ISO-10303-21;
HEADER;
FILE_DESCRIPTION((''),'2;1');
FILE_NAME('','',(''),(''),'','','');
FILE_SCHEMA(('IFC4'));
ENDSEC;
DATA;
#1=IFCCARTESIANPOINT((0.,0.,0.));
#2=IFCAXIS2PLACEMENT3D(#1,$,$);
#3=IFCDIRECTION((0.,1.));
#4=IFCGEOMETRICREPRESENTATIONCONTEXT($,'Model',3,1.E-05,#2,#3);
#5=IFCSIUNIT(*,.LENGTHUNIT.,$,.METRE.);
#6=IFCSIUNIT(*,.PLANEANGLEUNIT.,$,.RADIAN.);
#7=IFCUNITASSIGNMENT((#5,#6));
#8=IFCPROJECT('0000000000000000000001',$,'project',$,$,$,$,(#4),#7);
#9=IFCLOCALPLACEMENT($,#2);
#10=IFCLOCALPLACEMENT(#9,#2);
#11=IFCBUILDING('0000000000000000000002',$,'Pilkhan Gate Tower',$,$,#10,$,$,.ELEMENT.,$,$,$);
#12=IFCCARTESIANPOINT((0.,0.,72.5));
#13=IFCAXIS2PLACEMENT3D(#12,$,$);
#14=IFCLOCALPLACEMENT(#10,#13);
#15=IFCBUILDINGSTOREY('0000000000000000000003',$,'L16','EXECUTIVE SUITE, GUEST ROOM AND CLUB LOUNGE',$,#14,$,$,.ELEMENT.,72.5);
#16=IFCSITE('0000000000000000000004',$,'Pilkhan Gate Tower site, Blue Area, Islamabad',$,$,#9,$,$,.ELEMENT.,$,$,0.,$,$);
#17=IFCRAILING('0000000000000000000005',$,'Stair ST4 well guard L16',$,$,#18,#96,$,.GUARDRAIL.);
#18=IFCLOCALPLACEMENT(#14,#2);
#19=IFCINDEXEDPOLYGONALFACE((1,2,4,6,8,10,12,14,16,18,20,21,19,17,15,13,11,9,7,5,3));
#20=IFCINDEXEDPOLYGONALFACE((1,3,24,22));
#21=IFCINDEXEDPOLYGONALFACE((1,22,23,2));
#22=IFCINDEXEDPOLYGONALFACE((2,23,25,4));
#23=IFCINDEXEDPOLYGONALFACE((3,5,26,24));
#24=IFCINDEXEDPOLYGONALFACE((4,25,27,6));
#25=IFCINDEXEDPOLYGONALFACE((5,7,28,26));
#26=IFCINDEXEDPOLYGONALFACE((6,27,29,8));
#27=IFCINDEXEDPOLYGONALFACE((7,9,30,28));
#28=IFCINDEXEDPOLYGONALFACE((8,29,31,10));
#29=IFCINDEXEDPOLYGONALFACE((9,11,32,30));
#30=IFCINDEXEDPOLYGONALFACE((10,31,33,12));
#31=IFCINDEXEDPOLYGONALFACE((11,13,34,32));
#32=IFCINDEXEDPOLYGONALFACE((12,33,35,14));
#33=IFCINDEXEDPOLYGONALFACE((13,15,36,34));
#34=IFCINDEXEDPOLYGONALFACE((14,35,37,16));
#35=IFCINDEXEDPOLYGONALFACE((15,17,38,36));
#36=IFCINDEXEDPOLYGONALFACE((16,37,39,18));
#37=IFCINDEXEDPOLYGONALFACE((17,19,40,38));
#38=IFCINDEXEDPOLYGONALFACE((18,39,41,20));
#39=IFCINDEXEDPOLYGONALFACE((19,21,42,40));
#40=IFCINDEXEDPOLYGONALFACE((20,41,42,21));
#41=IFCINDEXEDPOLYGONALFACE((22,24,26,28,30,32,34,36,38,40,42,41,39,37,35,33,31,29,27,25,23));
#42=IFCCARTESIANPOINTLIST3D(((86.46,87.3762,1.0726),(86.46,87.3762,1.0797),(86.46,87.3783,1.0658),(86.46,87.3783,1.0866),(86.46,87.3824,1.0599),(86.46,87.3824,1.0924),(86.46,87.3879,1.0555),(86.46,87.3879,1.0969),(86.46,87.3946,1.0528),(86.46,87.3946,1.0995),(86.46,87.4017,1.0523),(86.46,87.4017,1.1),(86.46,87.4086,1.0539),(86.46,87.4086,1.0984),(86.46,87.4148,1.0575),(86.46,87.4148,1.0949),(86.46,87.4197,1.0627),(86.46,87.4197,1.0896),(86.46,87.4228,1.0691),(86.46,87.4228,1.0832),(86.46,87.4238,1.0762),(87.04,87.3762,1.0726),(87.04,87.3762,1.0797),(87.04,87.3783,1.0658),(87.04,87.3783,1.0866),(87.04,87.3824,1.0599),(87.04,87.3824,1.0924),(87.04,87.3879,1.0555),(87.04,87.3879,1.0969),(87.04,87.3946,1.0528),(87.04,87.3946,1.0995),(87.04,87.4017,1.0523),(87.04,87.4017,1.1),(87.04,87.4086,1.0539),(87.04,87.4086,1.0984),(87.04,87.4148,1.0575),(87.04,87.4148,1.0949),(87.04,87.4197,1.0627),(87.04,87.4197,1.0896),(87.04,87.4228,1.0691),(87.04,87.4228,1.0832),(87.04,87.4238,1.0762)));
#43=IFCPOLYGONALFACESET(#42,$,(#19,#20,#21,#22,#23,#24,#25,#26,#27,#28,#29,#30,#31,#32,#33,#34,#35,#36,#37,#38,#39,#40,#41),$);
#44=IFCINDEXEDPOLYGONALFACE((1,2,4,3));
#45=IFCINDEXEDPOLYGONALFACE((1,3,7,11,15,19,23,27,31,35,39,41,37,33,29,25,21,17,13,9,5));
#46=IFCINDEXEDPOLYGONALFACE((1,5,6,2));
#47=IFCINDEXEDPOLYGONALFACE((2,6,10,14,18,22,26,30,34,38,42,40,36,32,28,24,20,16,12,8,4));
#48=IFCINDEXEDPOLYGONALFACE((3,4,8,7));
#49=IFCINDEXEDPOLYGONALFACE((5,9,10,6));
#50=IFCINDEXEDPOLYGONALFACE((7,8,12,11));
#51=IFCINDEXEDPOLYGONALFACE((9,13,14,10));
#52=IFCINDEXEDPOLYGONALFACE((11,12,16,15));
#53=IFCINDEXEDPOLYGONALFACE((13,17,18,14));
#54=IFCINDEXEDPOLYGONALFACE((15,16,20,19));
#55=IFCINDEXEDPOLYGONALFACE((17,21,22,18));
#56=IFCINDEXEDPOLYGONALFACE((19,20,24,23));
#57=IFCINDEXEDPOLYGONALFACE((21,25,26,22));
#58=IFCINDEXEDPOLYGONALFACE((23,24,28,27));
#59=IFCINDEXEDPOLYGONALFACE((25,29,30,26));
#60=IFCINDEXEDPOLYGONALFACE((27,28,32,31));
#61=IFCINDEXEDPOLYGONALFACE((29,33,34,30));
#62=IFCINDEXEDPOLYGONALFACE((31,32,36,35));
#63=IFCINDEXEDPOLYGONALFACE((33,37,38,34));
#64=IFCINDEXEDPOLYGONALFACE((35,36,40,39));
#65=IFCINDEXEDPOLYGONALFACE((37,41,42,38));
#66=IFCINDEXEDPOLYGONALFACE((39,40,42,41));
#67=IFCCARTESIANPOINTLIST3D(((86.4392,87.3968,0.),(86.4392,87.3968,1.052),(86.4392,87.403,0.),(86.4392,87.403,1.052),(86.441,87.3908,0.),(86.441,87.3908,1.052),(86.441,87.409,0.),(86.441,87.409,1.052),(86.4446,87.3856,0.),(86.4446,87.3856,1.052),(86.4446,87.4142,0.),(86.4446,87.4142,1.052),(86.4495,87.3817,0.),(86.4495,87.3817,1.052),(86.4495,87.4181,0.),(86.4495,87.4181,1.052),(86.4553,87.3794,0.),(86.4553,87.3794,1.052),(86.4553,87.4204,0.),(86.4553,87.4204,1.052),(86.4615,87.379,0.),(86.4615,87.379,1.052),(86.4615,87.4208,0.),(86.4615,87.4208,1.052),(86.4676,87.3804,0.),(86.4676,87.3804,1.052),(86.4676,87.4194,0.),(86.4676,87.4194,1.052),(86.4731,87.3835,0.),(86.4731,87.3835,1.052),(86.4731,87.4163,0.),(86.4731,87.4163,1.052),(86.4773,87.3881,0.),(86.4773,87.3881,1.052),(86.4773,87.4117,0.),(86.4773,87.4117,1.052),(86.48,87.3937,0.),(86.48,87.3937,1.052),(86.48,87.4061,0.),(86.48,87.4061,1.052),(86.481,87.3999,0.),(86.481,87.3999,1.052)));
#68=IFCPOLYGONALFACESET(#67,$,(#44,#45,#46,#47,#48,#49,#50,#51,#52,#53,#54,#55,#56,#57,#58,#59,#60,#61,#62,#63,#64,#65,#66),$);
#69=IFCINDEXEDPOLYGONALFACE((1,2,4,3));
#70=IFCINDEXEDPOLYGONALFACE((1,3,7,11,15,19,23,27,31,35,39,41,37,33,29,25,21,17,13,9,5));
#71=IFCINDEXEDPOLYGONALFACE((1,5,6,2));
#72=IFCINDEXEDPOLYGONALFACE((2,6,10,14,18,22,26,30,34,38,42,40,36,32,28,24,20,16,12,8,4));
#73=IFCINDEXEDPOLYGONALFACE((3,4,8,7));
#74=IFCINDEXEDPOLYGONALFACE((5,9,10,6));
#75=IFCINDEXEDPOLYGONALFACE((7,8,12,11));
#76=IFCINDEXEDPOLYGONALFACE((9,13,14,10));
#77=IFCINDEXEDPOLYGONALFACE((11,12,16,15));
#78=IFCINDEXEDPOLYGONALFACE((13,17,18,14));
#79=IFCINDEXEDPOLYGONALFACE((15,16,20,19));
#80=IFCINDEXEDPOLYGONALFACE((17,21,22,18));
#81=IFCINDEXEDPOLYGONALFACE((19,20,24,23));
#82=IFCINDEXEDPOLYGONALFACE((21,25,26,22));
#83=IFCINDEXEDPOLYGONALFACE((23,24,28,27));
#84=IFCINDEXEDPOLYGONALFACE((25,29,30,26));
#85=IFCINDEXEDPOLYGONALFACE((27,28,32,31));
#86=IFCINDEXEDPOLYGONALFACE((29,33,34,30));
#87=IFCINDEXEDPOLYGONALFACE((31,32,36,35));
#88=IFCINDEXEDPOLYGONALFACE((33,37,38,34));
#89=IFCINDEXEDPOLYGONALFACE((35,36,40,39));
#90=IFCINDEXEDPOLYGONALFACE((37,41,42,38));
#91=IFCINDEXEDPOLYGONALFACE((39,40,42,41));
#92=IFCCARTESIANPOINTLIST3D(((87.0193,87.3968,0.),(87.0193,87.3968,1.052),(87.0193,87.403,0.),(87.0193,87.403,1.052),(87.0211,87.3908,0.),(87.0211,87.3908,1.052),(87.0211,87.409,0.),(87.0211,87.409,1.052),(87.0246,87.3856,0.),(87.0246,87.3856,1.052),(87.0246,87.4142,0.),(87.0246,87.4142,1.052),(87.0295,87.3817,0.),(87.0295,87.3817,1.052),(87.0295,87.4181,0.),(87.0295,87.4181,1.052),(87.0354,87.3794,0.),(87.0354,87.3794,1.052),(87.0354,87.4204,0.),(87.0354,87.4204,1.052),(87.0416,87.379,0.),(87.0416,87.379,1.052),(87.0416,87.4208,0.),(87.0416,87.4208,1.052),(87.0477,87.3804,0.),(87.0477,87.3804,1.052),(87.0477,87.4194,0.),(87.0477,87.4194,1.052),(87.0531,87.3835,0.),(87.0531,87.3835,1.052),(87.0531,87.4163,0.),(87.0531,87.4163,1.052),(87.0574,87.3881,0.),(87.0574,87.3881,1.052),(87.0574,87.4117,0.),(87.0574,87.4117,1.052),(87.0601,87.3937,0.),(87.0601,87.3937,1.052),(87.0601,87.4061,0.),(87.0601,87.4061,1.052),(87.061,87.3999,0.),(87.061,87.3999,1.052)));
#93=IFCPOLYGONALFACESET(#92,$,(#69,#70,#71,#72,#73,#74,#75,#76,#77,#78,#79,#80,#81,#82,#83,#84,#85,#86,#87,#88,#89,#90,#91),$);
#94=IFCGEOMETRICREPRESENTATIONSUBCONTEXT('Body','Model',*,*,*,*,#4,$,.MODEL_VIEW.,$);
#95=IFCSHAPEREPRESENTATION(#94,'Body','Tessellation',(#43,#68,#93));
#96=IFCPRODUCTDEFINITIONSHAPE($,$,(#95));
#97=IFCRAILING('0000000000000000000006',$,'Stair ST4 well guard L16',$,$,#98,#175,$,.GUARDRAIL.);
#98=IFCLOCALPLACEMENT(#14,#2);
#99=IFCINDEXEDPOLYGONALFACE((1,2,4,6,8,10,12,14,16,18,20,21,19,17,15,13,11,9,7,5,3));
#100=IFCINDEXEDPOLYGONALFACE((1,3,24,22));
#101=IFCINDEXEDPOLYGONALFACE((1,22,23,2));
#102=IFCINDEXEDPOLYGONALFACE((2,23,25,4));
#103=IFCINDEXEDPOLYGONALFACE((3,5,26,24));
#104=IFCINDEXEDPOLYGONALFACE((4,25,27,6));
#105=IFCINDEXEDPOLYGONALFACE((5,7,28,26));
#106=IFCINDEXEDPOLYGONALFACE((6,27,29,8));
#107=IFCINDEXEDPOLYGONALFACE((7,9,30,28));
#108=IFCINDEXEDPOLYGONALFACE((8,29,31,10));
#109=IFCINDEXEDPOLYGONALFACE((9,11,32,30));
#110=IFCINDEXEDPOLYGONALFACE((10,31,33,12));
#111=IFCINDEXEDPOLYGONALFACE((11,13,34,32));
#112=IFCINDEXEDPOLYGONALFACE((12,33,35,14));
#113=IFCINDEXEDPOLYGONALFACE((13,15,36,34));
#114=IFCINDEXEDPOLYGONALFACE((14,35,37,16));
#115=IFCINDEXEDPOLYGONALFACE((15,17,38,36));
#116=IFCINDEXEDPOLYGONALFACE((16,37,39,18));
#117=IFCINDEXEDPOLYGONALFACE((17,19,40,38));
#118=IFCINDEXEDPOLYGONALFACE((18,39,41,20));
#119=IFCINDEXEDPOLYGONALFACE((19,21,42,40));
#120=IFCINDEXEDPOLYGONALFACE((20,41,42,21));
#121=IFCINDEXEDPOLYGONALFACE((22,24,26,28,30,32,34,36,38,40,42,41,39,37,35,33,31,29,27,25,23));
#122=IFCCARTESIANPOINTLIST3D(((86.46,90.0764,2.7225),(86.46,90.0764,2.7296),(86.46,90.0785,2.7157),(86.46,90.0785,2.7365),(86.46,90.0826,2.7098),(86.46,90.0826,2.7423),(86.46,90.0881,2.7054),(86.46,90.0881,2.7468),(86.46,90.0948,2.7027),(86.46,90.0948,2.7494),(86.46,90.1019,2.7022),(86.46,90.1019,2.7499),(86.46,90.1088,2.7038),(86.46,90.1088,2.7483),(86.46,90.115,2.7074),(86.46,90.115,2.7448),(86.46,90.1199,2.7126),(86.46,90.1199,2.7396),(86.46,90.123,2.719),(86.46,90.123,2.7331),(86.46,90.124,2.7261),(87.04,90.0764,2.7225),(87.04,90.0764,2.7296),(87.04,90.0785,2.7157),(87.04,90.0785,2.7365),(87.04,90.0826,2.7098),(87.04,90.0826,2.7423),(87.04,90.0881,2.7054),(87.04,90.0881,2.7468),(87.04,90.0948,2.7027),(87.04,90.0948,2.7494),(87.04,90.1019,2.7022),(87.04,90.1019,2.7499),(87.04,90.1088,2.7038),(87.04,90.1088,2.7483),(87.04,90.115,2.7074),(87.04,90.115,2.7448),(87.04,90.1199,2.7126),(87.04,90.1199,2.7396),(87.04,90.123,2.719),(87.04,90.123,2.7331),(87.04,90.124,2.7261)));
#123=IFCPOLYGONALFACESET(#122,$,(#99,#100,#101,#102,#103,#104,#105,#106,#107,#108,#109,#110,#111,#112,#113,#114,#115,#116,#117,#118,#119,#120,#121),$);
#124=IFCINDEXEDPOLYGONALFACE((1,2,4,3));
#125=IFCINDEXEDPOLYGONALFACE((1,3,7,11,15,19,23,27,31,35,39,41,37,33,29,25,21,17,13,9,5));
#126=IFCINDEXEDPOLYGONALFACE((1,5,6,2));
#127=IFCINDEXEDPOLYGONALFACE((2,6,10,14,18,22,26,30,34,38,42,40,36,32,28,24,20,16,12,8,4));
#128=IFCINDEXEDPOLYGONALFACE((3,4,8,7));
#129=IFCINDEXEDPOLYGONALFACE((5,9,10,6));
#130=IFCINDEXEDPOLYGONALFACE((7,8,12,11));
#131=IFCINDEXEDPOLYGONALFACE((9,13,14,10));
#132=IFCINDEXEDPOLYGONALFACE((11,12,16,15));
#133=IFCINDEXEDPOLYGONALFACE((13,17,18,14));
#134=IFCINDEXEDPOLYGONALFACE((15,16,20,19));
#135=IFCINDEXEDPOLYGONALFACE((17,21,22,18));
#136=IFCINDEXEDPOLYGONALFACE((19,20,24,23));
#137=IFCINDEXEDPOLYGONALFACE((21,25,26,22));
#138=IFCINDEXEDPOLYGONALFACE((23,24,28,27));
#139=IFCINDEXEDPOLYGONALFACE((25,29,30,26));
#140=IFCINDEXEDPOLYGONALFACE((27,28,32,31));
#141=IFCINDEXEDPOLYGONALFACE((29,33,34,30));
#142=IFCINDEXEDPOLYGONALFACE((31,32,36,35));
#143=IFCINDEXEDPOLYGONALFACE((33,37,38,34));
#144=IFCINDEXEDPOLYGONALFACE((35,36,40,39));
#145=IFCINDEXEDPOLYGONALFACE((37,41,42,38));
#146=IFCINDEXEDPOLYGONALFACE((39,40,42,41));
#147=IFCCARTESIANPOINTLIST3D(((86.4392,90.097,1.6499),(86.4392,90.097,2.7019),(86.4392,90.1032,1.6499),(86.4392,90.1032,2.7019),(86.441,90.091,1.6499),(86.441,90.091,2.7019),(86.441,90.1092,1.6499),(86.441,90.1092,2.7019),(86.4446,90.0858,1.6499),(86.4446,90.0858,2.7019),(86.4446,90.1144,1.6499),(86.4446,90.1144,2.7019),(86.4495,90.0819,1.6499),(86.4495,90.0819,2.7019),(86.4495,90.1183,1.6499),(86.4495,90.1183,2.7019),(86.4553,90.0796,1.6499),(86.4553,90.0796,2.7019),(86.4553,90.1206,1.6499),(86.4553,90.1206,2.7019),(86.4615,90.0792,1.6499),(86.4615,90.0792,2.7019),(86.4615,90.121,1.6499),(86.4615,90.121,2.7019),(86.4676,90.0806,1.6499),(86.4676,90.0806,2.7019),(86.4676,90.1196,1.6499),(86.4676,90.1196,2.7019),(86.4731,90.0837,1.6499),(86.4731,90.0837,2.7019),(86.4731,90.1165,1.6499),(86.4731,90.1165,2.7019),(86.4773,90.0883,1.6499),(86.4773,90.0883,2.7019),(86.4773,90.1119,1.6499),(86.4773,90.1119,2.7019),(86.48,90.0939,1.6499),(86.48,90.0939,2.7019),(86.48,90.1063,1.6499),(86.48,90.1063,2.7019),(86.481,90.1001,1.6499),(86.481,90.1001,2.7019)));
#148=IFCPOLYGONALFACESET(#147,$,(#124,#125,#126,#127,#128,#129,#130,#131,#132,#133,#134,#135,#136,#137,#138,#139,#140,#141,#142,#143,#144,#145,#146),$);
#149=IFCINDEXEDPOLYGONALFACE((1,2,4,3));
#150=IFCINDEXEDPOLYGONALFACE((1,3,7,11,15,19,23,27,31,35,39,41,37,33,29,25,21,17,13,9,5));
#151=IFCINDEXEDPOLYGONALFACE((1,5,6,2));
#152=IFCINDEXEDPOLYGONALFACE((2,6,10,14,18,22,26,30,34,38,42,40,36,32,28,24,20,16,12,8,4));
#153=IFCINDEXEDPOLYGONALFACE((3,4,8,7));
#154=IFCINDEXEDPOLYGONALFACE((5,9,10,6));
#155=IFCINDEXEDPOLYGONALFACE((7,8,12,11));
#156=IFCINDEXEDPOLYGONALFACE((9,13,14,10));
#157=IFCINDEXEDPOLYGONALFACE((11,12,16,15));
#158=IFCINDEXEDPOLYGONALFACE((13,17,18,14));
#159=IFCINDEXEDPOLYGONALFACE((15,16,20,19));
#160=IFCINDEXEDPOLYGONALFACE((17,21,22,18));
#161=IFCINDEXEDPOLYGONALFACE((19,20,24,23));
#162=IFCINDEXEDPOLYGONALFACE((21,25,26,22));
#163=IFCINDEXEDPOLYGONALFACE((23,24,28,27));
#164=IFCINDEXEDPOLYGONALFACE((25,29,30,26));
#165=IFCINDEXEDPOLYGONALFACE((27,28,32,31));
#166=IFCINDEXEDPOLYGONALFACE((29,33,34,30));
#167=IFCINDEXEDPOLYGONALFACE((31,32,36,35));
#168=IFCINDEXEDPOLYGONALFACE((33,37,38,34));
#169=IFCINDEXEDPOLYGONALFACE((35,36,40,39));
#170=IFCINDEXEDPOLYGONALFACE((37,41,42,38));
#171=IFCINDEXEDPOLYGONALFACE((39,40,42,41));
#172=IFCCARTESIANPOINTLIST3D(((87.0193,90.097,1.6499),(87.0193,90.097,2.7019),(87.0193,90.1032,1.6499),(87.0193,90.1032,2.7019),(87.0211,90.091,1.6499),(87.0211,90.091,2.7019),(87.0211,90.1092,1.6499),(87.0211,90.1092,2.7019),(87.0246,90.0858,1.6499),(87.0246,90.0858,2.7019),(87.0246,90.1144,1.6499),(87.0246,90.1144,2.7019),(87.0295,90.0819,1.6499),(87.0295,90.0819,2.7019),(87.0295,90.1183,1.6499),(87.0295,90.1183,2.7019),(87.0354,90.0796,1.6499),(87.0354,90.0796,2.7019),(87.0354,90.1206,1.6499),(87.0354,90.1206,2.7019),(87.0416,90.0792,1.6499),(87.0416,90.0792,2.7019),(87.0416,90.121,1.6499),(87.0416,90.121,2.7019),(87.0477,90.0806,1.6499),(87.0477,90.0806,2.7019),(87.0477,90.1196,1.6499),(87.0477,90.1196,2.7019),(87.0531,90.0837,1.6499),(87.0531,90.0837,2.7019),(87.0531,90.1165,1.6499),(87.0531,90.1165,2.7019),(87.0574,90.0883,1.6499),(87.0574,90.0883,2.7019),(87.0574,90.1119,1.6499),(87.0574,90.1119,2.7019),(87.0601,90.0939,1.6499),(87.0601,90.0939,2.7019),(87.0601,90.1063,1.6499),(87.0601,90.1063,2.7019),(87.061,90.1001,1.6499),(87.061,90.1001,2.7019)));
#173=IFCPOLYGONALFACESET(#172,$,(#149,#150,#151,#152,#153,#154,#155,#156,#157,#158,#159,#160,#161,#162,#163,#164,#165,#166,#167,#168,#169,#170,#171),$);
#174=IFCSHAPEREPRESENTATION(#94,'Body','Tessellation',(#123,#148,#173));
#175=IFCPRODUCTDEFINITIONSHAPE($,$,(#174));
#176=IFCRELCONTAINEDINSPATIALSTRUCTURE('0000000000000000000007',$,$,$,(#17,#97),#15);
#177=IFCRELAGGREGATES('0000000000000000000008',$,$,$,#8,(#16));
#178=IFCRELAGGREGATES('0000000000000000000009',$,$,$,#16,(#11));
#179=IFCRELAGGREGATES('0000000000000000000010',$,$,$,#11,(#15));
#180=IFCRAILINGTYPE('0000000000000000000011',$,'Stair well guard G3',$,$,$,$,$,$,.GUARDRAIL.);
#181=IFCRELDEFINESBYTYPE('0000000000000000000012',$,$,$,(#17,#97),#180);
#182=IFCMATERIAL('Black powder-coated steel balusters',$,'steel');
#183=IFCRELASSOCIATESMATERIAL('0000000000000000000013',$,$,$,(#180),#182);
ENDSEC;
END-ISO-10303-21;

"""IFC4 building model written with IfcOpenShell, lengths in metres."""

from ifc_helpers import new_model, si_unit, direction, frame, origin, origin_2d, place, context, subcontext, project, spatial, circle, extrude, material, type_object, element, save


model = new_model("IFC4")

# Units and contexts
model_context = context("Model", 3, precision=1e-05, world=origin(), true_north=direction((0.0, 1.0)))
body_context = subcontext(model_context, "Body", "Model", "MODEL_VIEW")
ifc_project = project(units=[si_unit("LENGTHUNIT", "METRE"), si_unit("PLANEANGLEUNIT", "RADIAN")], contexts=[model_context])

# Site, building, storey
site_placement = place(None, origin())
site = spatial("IfcSite", under=ifc_project, at=site_placement, Name="Pilkhan Gate Tower site, Blue Area, Islamabad", CompositionType="ELEMENT", RefElevation=0.0)
building_placement = place(site_placement, origin())
building = spatial("IfcBuilding", under=site, at=building_placement, Name="Pilkhan Gate Tower", CompositionType="ELEMENT")
storey_placement = place(building_placement, frame((0.0, 0.0, 72.5)))
storey = spatial("IfcBuildingStorey", under=building, at=storey_placement, Name="L16", Description="EXECUTIVE SUITE, GUEST ROOM AND CLUB LOUNGE", CompositionType="ELEMENT", Elevation=72.5)

# Railings
ifc_material_1 = material(Name="Black powder-coated steel balusters", Category="steel")
railing_type_1 = type_object("IfcRailingType", Name="Stair well guard G3", PredefinedType="GUARDRAIL", material=ifc_material_1)
for number, where, name in (
    (1, (86.46, 87.3999, 0.0), "Stair ST4 well guard L16"),
    (2, (86.46, 90.1001, 1.6499), "Stair ST4 well guard L16"),
):
    element("IfcRailing", number, at=place(storey_placement, frame(where)), inside=storey, type_object=railing_type_1, Name=name, PredefinedType="GUARDRAIL", context=body_context, shape_type="SweptSolid", body=[
        extrude(circle(Radius=0.0239, at=origin_2d()), frame((0.0, 0.0, 1.0762), z_axis=(1.0, 0.0, 0.0), x_axis=(0.0, 1.0, 0.0)), (0.0, 0.0, 1.0), 0.5801),
        extrude(circle(Radius=0.021, at=origin_2d()), origin(), (0.0, 0.0, 1.0), 1.052),
        extrude(circle(Radius=0.021, at=origin_2d()), frame((0.5801, 0.0, 0.0)), (0.0, 0.0, 1.0), 1.052),
    ])

save(model, "model.ifc")
